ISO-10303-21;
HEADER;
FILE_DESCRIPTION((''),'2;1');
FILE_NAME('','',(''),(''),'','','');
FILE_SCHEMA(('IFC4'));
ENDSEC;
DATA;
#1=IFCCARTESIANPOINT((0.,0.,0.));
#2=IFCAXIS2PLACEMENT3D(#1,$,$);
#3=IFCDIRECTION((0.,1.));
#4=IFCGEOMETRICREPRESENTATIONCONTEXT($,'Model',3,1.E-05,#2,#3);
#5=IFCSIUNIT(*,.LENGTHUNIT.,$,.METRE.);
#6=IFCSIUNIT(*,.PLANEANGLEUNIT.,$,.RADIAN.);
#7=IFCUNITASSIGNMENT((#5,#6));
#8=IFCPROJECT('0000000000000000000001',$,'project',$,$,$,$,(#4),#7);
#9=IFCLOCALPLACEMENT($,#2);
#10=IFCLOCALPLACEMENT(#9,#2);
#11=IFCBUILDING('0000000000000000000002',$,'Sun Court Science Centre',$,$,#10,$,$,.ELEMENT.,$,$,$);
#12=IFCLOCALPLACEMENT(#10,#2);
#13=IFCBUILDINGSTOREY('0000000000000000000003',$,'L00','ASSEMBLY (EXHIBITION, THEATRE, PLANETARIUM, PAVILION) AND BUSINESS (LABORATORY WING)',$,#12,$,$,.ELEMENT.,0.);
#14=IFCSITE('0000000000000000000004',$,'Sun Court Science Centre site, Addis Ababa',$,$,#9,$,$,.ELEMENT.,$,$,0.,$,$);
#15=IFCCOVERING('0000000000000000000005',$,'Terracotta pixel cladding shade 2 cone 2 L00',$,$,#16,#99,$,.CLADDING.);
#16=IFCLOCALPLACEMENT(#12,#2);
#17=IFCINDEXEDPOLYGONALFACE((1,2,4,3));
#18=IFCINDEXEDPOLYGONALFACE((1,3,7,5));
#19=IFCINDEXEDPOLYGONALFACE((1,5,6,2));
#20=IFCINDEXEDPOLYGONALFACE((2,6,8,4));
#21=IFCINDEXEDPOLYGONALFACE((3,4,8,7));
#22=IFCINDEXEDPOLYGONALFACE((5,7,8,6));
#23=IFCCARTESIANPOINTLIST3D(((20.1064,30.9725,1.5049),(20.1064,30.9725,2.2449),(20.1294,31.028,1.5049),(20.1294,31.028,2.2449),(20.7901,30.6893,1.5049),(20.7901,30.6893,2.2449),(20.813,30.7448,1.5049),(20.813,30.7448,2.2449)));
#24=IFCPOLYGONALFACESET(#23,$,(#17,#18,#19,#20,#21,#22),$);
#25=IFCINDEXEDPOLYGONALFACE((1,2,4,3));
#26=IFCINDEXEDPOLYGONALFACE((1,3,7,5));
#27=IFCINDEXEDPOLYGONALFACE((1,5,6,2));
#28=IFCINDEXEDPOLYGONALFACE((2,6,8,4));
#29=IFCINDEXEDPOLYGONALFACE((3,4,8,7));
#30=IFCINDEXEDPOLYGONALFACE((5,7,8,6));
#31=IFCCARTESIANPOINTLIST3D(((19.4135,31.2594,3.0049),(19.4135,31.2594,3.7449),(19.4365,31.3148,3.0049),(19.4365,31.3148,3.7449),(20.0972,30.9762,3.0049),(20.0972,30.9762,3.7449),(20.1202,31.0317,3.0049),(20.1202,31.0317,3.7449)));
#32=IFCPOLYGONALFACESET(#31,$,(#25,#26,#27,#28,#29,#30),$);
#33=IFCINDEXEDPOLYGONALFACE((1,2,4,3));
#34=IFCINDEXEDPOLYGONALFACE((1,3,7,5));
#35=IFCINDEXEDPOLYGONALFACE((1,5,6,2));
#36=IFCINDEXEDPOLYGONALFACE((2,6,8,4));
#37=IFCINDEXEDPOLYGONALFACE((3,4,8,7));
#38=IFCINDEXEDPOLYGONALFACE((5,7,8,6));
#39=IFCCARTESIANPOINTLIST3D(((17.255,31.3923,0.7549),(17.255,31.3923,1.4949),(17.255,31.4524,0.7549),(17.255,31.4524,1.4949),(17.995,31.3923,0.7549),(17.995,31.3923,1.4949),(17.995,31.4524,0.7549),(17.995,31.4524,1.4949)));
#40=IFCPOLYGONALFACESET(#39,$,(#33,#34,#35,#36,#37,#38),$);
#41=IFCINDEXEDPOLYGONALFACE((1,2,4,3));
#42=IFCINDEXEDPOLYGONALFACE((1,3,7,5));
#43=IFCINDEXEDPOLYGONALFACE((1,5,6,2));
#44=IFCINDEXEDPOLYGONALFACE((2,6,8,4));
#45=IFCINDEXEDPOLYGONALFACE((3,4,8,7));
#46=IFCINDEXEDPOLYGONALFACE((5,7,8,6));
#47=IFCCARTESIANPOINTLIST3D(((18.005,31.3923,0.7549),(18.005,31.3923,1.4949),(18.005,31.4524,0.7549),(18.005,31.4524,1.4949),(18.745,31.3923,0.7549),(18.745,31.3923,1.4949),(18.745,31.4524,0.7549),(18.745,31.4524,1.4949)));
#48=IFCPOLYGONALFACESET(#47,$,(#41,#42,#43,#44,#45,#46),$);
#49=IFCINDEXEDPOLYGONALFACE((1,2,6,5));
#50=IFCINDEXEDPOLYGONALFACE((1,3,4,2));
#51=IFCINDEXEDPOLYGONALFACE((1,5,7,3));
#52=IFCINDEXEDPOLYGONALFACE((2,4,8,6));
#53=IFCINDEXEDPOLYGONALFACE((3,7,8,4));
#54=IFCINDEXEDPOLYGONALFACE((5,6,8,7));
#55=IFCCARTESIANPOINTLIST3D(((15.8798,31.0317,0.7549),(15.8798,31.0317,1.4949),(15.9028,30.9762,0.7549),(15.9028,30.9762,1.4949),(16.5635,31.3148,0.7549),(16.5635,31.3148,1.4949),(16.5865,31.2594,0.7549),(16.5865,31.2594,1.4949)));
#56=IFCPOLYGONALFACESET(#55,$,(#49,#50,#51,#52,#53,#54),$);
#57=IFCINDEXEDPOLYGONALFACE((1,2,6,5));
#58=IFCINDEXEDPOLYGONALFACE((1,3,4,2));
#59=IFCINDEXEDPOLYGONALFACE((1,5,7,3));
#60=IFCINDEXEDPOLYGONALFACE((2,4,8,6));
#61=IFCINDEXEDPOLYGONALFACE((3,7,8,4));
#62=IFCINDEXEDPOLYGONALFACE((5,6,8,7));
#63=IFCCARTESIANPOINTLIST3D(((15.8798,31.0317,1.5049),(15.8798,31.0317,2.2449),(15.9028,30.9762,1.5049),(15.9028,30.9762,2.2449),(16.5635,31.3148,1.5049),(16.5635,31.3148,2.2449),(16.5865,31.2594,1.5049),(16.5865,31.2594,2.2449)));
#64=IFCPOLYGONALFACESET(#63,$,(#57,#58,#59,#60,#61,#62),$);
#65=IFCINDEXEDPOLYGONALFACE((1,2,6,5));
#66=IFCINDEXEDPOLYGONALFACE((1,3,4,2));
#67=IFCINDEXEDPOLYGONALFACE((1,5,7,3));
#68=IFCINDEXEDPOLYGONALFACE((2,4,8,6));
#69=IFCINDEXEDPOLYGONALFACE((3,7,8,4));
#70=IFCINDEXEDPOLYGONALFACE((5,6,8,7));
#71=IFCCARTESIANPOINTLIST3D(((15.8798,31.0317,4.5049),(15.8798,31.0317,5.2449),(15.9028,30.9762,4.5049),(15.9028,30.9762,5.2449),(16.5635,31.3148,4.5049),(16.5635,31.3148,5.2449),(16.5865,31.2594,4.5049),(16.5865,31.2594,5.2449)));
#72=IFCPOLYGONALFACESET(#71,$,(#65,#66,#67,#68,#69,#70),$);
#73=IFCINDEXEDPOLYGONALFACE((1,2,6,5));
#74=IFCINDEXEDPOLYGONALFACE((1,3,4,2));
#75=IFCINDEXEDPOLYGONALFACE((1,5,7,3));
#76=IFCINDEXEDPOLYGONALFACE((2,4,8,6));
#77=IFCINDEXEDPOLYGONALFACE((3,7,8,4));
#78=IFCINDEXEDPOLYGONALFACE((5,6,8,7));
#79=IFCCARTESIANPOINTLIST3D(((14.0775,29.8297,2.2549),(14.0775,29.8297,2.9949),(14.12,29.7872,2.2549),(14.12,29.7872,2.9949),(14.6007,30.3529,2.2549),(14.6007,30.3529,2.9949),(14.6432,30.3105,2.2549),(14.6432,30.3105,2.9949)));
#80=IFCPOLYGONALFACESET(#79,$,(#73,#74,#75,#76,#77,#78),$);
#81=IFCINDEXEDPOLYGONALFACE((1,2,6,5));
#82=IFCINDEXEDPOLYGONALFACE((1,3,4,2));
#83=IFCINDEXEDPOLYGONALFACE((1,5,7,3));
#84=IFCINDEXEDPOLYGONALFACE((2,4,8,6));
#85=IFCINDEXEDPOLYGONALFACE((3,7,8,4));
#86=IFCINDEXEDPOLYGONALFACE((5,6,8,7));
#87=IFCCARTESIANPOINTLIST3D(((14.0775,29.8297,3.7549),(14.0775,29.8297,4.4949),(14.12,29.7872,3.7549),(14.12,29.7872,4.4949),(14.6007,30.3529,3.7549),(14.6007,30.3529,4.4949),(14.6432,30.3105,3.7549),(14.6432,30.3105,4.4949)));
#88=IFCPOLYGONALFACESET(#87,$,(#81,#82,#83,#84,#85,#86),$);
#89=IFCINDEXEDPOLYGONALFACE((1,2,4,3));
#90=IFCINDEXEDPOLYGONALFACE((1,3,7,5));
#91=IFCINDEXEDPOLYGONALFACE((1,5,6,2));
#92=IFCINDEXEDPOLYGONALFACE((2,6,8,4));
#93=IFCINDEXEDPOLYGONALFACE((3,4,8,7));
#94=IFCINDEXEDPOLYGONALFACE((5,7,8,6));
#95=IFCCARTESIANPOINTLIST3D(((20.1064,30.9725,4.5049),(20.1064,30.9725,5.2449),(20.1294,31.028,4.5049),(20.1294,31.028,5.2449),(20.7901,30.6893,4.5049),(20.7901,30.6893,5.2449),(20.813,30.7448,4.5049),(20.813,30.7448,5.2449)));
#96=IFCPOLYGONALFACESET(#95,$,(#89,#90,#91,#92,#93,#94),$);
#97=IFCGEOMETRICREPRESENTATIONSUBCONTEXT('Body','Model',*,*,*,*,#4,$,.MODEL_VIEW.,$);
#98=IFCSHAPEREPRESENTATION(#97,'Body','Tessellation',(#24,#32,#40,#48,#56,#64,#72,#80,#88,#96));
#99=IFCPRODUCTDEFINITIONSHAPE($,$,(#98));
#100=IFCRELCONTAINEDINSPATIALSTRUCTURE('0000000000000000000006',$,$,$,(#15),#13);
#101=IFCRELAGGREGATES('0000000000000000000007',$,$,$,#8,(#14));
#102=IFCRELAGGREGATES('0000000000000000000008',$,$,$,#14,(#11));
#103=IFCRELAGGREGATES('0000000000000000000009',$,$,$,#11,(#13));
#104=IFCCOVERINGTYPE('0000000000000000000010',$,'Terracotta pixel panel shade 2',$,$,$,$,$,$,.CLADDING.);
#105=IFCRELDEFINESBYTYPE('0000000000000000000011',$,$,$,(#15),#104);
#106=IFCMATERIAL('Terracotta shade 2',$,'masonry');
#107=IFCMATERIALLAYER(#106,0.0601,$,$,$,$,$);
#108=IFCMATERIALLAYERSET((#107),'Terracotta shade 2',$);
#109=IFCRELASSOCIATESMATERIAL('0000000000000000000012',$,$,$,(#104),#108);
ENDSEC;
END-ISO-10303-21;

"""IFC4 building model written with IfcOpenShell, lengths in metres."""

from ifc_helpers import new_model, si_unit, direction, frame, origin, origin_2d, place, context, subcontext, project, spatial, rectangle, extrude, material, layer, layer_set, type_object, element, save


model = new_model("IFC4")

# Units and contexts
model_context = context("Model", 3, precision=1e-05, world=origin(), true_north=direction((0.0, 1.0)))
body_context = subcontext(model_context, "Body", "Model", "MODEL_VIEW")
ifc_project = project(units=[si_unit("LENGTHUNIT", "METRE"), si_unit("PLANEANGLEUNIT", "RADIAN")], contexts=[model_context])

# Site, building, storey
site_placement = place(None, origin())
site = spatial("IfcSite", under=ifc_project, at=site_placement, Name="Sun Court Science Centre site, Addis Ababa", CompositionType="ELEMENT", RefElevation=0.0)
building_placement = place(site_placement, origin())
building = spatial("IfcBuilding", under=site, at=building_placement, Name="Sun Court Science Centre", CompositionType="ELEMENT")
storey_placement = place(building_placement, origin())
storey = spatial("IfcBuildingStorey", under=building, at=storey_placement, Name="L00", Description="ASSEMBLY (EXHIBITION, THEATRE, PLANETARIUM, PAVILION) AND BUSINESS (LABORATORY WING)", CompositionType="ELEMENT", Elevation=0.0)

# Covering
ifc_material_1 = material(Name="Terracotta shade 2", Category="masonry")
ifc_layer_1 = layer(ifc_material_1, 0.0601)
ifc_layer_set_1 = layer_set([ifc_layer_1], Name="Terracotta shade 2")
covering_type_1 = type_object("IfcCoveringType", Name="Terracotta pixel panel shade 2", PredefinedType="CLADDING", material=ifc_layer_set_1)
covering_1_placement = place(storey_placement, origin())
element("IfcCovering", 1, at=covering_1_placement, inside=storey, type_object=covering_type_1, Name="Terracotta pixel cladding shade 2 cone 2 L00", PredefinedType="CLADDING", context=body_context, shape_type="SweptSolid", body=[
    extrude(rectangle(XDim=0.74, YDim=0.0601, at=origin_2d()), frame((20.4597, 30.8586, 1.5049), z_axis=(0.0, 0.0, 1.0), x_axis=(0.92388, -0.382683, 0.0)), (0.0, 0.0, 1.0), 0.74),
    extrude(rectangle(XDim=0.74, YDim=0.0601, at=origin_2d()), frame((19.7668, 31.1455, 3.0049), z_axis=(0.0, 0.0, 1.0), x_axis=(0.92388, -0.382683, 0.0)), (0.0, 0.0, 1.0), 0.74),
    extrude(rectangle(XDim=0.74, YDim=0.0601, at=origin_2d()), frame((17.625, 31.4224, 0.7549), z_axis=(0.0, 0.0, 1.0), x_axis=(1.0, 0.0, 0.0)), (0.0, 0.0, 1.0), 0.74),
    extrude(rectangle(XDim=0.74, YDim=0.0601, at=origin_2d()), frame((18.375, 31.4224, 0.7549), z_axis=(0.0, 0.0, 1.0), x_axis=(1.0, 0.0, 0.0)), (0.0, 0.0, 1.0), 0.74),
    extrude(rectangle(XDim=0.74, YDim=0.0601, at=origin_2d()), frame((16.2332, 31.1455, 0.7549), z_axis=(0.0, 0.0, 1.0), x_axis=(0.92388, 0.382683, 0.0)), (0.0, 0.0, 1.0), 0.74),
    extrude(rectangle(XDim=0.74, YDim=0.0601, at=origin_2d()), frame((16.2332, 31.1455, 1.5049), z_axis=(0.0, 0.0, 1.0), x_axis=(0.92388, 0.382683, 0.0)), (0.0, 0.0, 1.0), 0.74),
    extrude(rectangle(XDim=0.74, YDim=0.0601, at=origin_2d()), frame((16.2332, 31.1455, 4.5049), z_axis=(0.0, 0.0, 1.0), x_axis=(0.92388, 0.382683, 0.0)), (0.0, 0.0, 1.0), 0.74),
    extrude(rectangle(XDim=0.74, YDim=0.0601, at=origin_2d()), frame((14.3604, 30.0701, 2.2549), z_axis=(0.0, 0.0, 1.0), x_axis=(0.707107, 0.707107, 0.0)), (0.0, 0.0, 1.0), 0.74),
    extrude(rectangle(XDim=0.74, YDim=0.0601, at=origin_2d()), frame((14.3604, 30.0701, 3.7549), z_axis=(0.0, 0.0, 1.0), x_axis=(0.707107, 0.707107, 0.0)), (0.0, 0.0, 1.0), 0.74),
    extrude(rectangle(XDim=0.74, YDim=0.0601, at=origin_2d()), frame((20.4597, 30.8586, 4.5049), z_axis=(0.0, 0.0, 1.0), x_axis=(0.92388, -0.382683, 0.0)), (0.0, 0.0, 1.0), 0.74),
])

save(model, "model.ifc")
